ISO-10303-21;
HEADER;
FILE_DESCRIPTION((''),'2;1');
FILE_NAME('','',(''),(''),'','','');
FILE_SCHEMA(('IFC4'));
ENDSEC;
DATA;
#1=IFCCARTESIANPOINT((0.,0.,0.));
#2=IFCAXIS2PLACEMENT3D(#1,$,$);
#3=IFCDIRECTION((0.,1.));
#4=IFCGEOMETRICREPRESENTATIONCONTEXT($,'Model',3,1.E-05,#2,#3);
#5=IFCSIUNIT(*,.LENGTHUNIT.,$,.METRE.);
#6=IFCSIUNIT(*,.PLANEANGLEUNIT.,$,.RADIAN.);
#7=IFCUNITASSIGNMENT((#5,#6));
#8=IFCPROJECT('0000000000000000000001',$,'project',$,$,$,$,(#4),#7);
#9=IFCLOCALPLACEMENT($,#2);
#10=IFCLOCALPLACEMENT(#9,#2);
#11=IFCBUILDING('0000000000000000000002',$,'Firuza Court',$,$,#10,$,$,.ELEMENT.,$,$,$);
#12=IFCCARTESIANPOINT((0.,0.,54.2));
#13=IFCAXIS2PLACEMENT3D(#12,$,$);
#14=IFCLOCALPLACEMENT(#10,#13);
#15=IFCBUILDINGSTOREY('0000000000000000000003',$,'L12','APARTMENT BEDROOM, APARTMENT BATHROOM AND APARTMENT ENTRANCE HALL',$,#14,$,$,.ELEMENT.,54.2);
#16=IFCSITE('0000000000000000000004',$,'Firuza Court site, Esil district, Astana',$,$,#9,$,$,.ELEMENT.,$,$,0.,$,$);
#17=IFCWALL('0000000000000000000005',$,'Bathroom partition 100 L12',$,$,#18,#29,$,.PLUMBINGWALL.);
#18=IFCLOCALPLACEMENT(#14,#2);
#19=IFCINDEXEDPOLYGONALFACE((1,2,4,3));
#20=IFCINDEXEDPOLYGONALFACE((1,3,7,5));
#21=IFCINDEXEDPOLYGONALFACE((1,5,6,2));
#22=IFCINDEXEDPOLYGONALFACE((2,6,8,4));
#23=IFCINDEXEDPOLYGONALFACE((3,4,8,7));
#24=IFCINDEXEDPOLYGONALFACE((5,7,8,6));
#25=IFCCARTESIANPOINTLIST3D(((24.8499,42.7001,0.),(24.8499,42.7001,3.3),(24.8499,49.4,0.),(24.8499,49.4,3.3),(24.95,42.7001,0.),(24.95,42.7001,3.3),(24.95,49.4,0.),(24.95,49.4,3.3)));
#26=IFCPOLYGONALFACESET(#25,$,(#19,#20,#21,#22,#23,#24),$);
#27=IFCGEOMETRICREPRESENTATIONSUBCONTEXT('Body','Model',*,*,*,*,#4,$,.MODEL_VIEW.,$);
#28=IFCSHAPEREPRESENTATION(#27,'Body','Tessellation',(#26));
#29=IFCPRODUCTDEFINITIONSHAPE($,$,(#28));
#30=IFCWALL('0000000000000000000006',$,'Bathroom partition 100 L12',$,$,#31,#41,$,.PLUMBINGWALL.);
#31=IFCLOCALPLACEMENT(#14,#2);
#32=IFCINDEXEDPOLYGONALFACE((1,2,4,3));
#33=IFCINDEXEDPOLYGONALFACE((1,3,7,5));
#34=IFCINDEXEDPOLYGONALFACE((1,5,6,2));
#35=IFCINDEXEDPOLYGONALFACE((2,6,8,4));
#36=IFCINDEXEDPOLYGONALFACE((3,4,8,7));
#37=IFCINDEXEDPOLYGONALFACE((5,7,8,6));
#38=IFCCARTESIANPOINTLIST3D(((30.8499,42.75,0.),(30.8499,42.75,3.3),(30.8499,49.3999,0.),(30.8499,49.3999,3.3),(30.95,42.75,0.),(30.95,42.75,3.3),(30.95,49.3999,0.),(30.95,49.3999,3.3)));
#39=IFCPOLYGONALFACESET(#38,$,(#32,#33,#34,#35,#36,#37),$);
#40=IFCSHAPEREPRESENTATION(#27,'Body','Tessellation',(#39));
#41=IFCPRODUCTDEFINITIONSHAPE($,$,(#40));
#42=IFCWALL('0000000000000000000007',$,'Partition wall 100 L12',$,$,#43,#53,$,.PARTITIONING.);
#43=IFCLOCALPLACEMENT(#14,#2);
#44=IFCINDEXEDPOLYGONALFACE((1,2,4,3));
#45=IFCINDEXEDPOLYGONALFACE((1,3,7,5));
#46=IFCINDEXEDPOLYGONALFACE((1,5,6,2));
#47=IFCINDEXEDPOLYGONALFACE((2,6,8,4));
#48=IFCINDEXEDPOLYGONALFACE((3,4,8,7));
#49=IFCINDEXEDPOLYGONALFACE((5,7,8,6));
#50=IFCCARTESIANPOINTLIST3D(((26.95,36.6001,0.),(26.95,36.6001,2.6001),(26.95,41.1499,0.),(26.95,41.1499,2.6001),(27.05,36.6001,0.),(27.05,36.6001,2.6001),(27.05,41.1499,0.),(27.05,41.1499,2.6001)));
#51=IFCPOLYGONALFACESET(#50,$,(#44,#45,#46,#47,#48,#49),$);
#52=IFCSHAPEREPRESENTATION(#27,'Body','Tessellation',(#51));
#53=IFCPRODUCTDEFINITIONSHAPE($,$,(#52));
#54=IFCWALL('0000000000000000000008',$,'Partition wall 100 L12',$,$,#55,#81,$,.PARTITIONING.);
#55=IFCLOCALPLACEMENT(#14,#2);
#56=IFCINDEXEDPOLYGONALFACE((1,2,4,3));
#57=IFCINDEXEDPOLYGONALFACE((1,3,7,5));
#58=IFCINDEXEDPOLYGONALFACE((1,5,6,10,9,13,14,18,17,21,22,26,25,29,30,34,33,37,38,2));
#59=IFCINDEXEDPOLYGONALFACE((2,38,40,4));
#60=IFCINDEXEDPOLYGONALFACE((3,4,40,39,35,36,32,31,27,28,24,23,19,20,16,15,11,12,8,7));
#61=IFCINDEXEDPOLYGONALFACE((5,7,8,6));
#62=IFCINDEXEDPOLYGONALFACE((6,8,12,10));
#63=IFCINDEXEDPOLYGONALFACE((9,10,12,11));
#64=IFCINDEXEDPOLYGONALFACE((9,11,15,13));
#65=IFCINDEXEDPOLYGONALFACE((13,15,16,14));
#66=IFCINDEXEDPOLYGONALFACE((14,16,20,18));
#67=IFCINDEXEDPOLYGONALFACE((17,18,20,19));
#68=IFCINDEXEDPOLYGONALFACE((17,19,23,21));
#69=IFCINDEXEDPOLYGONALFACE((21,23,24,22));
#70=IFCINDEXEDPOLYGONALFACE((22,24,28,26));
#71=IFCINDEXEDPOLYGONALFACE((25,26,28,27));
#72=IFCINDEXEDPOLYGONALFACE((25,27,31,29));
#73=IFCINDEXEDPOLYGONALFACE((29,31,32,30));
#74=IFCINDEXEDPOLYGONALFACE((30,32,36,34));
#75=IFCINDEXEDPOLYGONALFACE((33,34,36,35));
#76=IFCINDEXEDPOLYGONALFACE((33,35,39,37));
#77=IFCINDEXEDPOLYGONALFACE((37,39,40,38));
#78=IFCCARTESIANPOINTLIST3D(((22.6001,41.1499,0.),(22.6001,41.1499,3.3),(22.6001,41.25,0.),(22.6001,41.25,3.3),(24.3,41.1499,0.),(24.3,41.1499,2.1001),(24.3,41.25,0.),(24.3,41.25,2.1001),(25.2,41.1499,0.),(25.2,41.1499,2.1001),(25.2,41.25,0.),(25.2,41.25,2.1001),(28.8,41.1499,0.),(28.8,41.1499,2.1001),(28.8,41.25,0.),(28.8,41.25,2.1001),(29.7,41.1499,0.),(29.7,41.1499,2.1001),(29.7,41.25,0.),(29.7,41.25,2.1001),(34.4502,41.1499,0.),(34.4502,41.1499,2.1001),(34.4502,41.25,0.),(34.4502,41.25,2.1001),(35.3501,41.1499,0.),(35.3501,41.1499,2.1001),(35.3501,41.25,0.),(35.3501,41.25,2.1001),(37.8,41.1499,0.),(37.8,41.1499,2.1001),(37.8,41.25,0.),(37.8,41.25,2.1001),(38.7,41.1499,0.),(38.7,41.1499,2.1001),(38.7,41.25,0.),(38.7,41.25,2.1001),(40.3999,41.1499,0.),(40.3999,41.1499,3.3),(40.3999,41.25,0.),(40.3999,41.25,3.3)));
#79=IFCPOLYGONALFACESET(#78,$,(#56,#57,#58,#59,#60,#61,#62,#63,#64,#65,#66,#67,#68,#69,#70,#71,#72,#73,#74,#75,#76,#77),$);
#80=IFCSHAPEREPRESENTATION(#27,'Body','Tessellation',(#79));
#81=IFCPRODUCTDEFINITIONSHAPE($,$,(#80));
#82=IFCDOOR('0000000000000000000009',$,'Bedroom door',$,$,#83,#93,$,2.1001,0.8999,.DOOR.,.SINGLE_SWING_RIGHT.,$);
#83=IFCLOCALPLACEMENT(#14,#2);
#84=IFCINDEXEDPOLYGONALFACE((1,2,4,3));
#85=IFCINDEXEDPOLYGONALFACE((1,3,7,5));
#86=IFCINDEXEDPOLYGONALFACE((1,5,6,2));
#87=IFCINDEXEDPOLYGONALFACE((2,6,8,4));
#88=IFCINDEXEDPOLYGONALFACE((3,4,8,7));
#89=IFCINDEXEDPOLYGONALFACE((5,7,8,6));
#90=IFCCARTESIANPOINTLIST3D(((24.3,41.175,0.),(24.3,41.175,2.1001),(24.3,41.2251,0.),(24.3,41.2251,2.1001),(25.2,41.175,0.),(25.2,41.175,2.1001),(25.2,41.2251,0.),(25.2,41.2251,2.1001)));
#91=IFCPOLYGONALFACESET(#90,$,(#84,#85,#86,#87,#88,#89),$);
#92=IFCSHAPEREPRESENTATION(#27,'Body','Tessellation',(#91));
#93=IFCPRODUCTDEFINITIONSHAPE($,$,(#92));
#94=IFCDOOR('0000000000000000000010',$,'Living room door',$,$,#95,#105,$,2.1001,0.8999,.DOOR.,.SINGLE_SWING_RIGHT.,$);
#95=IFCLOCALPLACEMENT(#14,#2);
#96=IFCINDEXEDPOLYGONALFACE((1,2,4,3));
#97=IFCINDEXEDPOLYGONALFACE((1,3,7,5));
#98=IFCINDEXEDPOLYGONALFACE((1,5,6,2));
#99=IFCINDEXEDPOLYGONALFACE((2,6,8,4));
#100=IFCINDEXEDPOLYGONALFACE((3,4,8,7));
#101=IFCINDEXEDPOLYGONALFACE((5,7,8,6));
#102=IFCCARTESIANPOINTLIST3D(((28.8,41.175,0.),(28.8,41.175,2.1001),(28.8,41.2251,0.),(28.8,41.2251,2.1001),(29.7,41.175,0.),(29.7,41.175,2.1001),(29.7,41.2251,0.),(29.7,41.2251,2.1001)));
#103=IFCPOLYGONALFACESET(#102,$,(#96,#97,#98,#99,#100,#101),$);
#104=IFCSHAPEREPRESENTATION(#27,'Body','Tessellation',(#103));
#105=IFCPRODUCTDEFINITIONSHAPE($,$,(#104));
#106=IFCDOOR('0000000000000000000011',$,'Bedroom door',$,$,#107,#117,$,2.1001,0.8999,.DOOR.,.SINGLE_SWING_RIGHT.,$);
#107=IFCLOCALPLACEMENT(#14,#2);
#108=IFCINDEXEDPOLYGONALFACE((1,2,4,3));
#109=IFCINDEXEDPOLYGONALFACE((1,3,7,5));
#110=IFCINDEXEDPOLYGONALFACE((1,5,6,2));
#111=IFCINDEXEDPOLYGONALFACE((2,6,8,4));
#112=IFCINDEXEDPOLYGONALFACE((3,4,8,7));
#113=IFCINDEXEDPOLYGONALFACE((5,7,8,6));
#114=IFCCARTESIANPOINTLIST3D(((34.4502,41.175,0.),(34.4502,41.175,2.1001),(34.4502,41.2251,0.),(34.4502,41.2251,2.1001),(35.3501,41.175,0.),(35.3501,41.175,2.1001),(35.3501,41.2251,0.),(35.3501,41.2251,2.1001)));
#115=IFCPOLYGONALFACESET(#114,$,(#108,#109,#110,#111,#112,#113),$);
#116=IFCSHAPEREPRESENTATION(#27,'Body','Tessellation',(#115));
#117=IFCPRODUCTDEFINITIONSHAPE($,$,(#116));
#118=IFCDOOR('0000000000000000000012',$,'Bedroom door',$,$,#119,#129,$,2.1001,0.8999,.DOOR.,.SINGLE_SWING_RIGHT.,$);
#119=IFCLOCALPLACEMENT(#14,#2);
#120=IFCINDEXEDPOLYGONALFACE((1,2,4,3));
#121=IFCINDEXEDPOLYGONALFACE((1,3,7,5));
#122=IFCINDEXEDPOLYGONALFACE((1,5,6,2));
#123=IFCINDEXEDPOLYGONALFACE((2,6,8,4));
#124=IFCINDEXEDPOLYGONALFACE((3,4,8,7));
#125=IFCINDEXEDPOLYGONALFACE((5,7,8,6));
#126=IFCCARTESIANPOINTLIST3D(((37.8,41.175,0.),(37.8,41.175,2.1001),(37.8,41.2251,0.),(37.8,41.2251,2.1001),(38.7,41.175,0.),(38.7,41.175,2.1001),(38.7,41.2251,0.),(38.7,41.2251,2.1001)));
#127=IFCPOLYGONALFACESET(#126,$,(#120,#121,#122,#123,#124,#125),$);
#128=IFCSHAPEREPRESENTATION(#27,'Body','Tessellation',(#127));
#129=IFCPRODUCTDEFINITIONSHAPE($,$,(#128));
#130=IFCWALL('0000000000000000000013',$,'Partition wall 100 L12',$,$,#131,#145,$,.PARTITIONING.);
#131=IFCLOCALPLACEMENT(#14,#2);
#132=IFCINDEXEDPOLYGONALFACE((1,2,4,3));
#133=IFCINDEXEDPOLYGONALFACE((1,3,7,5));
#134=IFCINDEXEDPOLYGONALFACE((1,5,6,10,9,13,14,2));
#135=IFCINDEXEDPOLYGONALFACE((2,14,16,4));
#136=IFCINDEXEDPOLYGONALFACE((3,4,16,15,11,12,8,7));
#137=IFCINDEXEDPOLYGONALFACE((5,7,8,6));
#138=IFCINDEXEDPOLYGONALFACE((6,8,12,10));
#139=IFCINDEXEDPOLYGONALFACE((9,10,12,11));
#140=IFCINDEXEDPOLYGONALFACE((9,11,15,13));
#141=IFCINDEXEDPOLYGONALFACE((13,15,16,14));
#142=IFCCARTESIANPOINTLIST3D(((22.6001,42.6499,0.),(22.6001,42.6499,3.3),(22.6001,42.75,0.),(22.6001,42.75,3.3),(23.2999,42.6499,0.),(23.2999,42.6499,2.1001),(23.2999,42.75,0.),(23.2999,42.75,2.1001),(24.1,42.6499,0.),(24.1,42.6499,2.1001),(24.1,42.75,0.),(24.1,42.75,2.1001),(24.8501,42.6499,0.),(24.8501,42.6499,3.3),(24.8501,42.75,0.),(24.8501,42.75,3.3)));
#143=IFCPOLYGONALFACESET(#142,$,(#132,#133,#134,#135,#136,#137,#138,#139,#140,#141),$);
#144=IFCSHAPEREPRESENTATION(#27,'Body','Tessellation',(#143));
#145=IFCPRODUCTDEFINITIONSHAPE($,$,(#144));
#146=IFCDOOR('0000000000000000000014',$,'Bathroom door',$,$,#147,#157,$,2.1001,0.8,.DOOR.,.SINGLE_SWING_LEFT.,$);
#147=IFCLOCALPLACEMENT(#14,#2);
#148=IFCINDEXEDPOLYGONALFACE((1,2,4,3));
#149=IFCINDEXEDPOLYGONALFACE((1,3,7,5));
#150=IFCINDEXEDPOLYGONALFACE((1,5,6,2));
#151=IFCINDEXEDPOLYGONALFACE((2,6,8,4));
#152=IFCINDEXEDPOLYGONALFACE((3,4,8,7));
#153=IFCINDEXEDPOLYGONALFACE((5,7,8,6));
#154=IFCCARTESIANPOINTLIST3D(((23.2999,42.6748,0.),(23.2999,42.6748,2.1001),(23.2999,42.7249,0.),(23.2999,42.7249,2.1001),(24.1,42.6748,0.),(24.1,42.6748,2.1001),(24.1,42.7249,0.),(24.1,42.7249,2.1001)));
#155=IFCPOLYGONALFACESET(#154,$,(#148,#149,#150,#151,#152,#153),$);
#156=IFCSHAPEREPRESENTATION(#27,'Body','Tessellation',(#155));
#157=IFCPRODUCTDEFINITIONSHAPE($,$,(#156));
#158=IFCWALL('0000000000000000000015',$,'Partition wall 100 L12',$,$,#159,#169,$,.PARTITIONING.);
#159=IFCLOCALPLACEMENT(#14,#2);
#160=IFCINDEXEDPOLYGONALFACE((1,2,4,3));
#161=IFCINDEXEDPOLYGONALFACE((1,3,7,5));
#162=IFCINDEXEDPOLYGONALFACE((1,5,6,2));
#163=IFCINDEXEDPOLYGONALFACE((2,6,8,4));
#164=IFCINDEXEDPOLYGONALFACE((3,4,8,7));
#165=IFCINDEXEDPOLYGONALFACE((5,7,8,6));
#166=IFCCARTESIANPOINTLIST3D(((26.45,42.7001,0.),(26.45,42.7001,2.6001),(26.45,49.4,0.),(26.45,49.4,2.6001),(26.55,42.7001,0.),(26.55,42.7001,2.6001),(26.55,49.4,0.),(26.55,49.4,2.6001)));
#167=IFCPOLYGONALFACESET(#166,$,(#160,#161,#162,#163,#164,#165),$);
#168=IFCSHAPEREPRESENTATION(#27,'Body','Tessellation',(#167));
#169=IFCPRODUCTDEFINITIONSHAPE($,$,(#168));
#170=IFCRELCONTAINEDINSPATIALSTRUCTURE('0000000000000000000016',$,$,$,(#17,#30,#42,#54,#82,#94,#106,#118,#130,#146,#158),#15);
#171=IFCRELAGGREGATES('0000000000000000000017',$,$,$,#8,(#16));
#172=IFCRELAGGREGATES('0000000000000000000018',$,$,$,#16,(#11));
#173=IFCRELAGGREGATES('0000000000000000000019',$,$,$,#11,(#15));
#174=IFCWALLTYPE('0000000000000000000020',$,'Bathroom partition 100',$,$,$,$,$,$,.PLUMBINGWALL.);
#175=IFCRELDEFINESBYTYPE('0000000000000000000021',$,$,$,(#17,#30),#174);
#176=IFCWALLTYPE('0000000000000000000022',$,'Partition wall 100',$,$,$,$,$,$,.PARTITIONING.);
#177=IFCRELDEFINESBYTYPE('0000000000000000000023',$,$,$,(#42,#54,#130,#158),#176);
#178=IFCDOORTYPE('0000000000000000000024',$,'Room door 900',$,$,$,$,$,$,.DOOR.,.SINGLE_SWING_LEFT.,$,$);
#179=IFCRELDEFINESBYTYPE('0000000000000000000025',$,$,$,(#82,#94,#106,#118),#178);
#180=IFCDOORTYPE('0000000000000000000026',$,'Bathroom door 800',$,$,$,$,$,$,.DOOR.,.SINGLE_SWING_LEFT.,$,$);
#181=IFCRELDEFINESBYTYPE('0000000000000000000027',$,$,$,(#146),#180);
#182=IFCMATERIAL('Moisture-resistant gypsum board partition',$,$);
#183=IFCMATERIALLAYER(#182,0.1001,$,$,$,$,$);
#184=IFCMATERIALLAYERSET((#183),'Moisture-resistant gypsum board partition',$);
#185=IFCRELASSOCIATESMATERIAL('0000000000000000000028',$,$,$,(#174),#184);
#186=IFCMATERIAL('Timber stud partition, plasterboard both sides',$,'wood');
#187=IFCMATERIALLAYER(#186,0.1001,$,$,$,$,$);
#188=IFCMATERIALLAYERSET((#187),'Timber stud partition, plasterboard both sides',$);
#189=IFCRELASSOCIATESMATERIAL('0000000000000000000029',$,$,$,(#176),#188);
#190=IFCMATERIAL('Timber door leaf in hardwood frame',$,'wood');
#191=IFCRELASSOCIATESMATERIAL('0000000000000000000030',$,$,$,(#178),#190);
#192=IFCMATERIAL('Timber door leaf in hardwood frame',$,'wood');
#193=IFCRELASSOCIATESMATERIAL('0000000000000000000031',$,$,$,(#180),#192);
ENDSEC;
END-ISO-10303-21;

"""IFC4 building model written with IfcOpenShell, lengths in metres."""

from ifc_helpers import new_model, si_unit, direction, frame, frame_2d, origin, place, context, subcontext, project, spatial, rectangle, extrude, material, layer, layer_set, type_object, element, fill, save


model = new_model("IFC4")

# Units and contexts
model_context = context("Model", 3, precision=1e-05, world=origin(), true_north=direction((0.0, 1.0)))
body_context = subcontext(model_context, "Body", "Model", "MODEL_VIEW")
ifc_project = project(units=[si_unit("LENGTHUNIT", "METRE"), si_unit("PLANEANGLEUNIT", "RADIAN")], contexts=[model_context])

# Site, building, storey
site_placement = place(None, origin())
site = spatial("IfcSite", under=ifc_project, at=site_placement, Name="Firuza Court site, Esil district, Astana", CompositionType="ELEMENT", RefElevation=0.0)
building_placement = place(site_placement, origin())
building = spatial("IfcBuilding", under=site, at=building_placement, Name="Firuza Court", CompositionType="ELEMENT")
storey_placement = place(building_placement, frame((0.0, 0.0, 54.2)))
storey = spatial("IfcBuildingStorey", under=building, at=storey_placement, Name="L12", Description="APARTMENT BEDROOM, APARTMENT BATHROOM AND APARTMENT ENTRANCE HALL", CompositionType="ELEMENT", Elevation=54.2)

# Walls
ifc_material_1 = material(Name="Moisture-resistant gypsum board partition")
ifc_layer_1 = layer(ifc_material_1, 0.1001)
ifc_layer_set_1 = layer_set([ifc_layer_1], Name="Moisture-resistant gypsum board partition")
wall_type_1 = type_object("IfcWallType", Name="Bathroom partition 100", PredefinedType="PLUMBINGWALL", material=ifc_layer_set_1)
wall_1_placement = place(storey_placement, frame((24.8999, 42.7, 0.0), z_axis=(0.0, 0.0, 1.0), x_axis=(0.0, 1.0, 0.0)))
element("IfcWall", 1, at=wall_1_placement, inside=storey, type_object=wall_type_1, Name="Bathroom partition 100 L12", PredefinedType="PLUMBINGWALL", context=body_context, shape_type="SweptSolid", body=[
    extrude(rectangle(XDim=6.7, YDim=0.1001, at=frame_2d((3.3501, 0.0))), origin(), (0.0, 0.0, 1.0), 3.3),
])
wall_2_placement = place(storey_placement, frame((30.8999, 42.75, 0.0), z_axis=(0.0, 0.0, 1.0), x_axis=(0.0, 1.0, 0.0)))
element("IfcWall", 2, at=wall_2_placement, inside=storey, type_object=wall_type_1, Name="Bathroom partition 100 L12", PredefinedType="PLUMBINGWALL", context=body_context, shape_type="SweptSolid", body=[
    extrude(rectangle(XDim=6.6499, YDim=0.1001, at=frame_2d((3.325, 0.0))), origin(), (0.0, 0.0, 1.0), 3.3),
])
ifc_material_2 = material(Name="Timber stud partition, plasterboard both sides", Category="wood")
ifc_layer_2 = layer(ifc_material_2, 0.1001)
ifc_layer_set_2 = layer_set([ifc_layer_2], Name="Timber stud partition, plasterboard both sides")
wall_type_2 = type_object("IfcWallType", Name="Partition wall 100", PredefinedType="PARTITIONING", material=ifc_layer_set_2)
wall_3_placement = place(storey_placement, frame((27.0, 36.6001, 0.0), z_axis=(0.0, 0.0, 1.0), x_axis=(0.0, 1.0, 0.0)))
element("IfcWall", 3, at=wall_3_placement, inside=storey, type_object=wall_type_2, Name="Partition wall 100 L12", PredefinedType="PARTITIONING", context=body_context, shape_type="SweptSolid", body=[
    extrude(rectangle(XDim=4.5498, YDim=0.1001, at=frame_2d((2.2749, 0.0))), origin(), (0.0, 0.0, 1.0), 2.6001),
])

# Wall, openings, doors
wall_4_placement = place(storey_placement, frame((22.6001, 41.2, 0.0), z_axis=(0.0, 0.0, 1.0), x_axis=(1.0, 0.0, 0.0)))
wall_4 = element("IfcWall", 4, at=wall_4_placement, inside=storey, type_object=wall_type_2, Name="Partition wall 100 L12", PredefinedType="PARTITIONING", context=body_context, shape_type="SweptSolid", body=[
    extrude(rectangle(XDim=17.7998, YDim=0.1001, at=frame_2d((8.8999, 0.0))), origin(), (0.0, 0.0, 1.0), 3.3),
])
opening_1_placement = place(wall_4_placement, frame((1.7, 0.0, 0.0)))
opening_1 = element("IfcOpeningElement", 5, at=opening_1_placement, cuts=wall_4, PredefinedType="OPENING", context=body_context, shape_type="SweptSolid", body=[
    extrude(rectangle(XDim=0.8999, YDim=2.1001, at=frame_2d((0.45, 1.05))), frame((0.0, 0.062, 0.0), z_axis=(0.0, -1.0, 0.0), x_axis=(1.0, 0.0, 0.0)), (0.0, 0.0, 1.0), 0.124),
])
opening_2_placement = place(wall_4_placement, frame((6.2, 0.0, 0.0)))
opening_2 = element("IfcOpeningElement", 6, at=opening_2_placement, cuts=wall_4, PredefinedType="OPENING", context=body_context, shape_type="SweptSolid", body=[
    extrude(rectangle(XDim=0.8999, YDim=2.1001, at=frame_2d((0.45, 1.05))), frame((0.0, 0.062, 0.0), z_axis=(0.0, -1.0, 0.0), x_axis=(1.0, 0.0, 0.0)), (0.0, 0.0, 1.0), 0.124),
])
opening_3_placement = place(wall_4_placement, frame((11.8501, 0.0, 0.0)))
opening_3 = element("IfcOpeningElement", 7, at=opening_3_placement, cuts=wall_4, PredefinedType="OPENING", context=body_context, shape_type="SweptSolid", body=[
    extrude(rectangle(XDim=0.8999, YDim=2.1001, at=frame_2d((0.45, 1.05))), frame((0.0, 0.062, 0.0), z_axis=(0.0, -1.0, 0.0), x_axis=(1.0, 0.0, 0.0)), (0.0, 0.0, 1.0), 0.124),
])
opening_4_placement = place(wall_4_placement, frame((15.2, 0.0, 0.0)))
opening_4 = element("IfcOpeningElement", 8, at=opening_4_placement, cuts=wall_4, PredefinedType="OPENING", context=body_context, shape_type="SweptSolid", body=[
    extrude(rectangle(XDim=0.8999, YDim=2.1001, at=frame_2d((0.45, 1.05))), frame((0.0, 0.062, 0.0), z_axis=(0.0, -1.0, 0.0), x_axis=(1.0, 0.0, 0.0)), (0.0, 0.0, 1.0), 0.124),
])
ifc_material_3 = material(Name="Timber door leaf in hardwood frame", Category="wood")
door_type_1 = type_object("IfcDoorType", Name="Room door 900", OperationType="SINGLE_SWING_LEFT", PredefinedType="DOOR", material=ifc_material_3)
door_1_placement = place(opening_1_placement, frame((0.8999, 0.0, 0.0), z_axis=(0.0, 0.0, 1.0), x_axis=(-1.0, 0.0, 0.0)))
door_1 = element("IfcDoor", 9, at=door_1_placement, inside=storey, type_object=door_type_1, Name="Bedroom door", OperationType="SINGLE_SWING_RIGHT", OverallHeight=2.1001, OverallWidth=0.8999, PredefinedType="DOOR", context=body_context, shape_type="SweptSolid", body=[
    extrude(rectangle(XDim=0.8999, YDim=2.1001, at=frame_2d((0.45, 1.05))), frame((0.0, 0.0249, 0.0), z_axis=(0.0, -1.0, 0.0), x_axis=(1.0, 0.0, 0.0)), (0.0, 0.0, 1.0), 0.05),
])
fill(opening_1, door_1)
door_2_placement = place(opening_2_placement, frame((0.8999, 0.0, 0.0), z_axis=(0.0, 0.0, 1.0), x_axis=(-1.0, 0.0, 0.0)))
door_2 = element("IfcDoor", 10, at=door_2_placement, inside=storey, type_object=door_type_1, Name="Living room door", OperationType="SINGLE_SWING_RIGHT", OverallHeight=2.1001, OverallWidth=0.8999, PredefinedType="DOOR", context=body_context, shape_type="SweptSolid", body=[
    extrude(rectangle(XDim=0.8999, YDim=2.1001, at=frame_2d((0.45, 1.05))), frame((0.0, 0.0249, 0.0), z_axis=(0.0, -1.0, 0.0), x_axis=(1.0, 0.0, 0.0)), (0.0, 0.0, 1.0), 0.05),
])
fill(opening_2, door_2)
door_3_placement = place(opening_3_placement, frame((0.8999, 0.0, 0.0), z_axis=(0.0, 0.0, 1.0), x_axis=(-1.0, 0.0, 0.0)))
door_3 = element("IfcDoor", 11, at=door_3_placement, inside=storey, type_object=door_type_1, Name="Bedroom door", OperationType="SINGLE_SWING_RIGHT", OverallHeight=2.1001, OverallWidth=0.8999, PredefinedType="DOOR", context=body_context, shape_type="SweptSolid", body=[
    extrude(rectangle(XDim=0.8999, YDim=2.1001, at=frame_2d((0.45, 1.05))), frame((0.0, 0.0249, 0.0), z_axis=(0.0, -1.0, 0.0), x_axis=(1.0, 0.0, 0.0)), (0.0, 0.0, 1.0), 0.05),
])
fill(opening_3, door_3)
door_4_placement = place(opening_4_placement, frame((0.8999, 0.0, 0.0), z_axis=(0.0, 0.0, 1.0), x_axis=(-1.0, 0.0, 0.0)))
door_4 = element("IfcDoor", 12, at=door_4_placement, inside=storey, type_object=door_type_1, Name="Bedroom door", OperationType="SINGLE_SWING_RIGHT", OverallHeight=2.1001, OverallWidth=0.8999, PredefinedType="DOOR", context=body_context, shape_type="SweptSolid", body=[
    extrude(rectangle(XDim=0.8999, YDim=2.1001, at=frame_2d((0.45, 1.05))), frame((0.0, 0.0249, 0.0), z_axis=(0.0, -1.0, 0.0), x_axis=(1.0, 0.0, 0.0)), (0.0, 0.0, 1.0), 0.05),
])
fill(opening_4, door_4)

# Wall, opening, door
wall_5_placement = place(storey_placement, frame((22.6001, 42.7, 0.0), z_axis=(0.0, 0.0, 1.0), x_axis=(1.0, 0.0, 0.0)))
wall_5 = element("IfcWall", 13, at=wall_5_placement, inside=storey, type_object=wall_type_2, Name="Partition wall 100 L12", PredefinedType="PARTITIONING", context=body_context, shape_type="SweptSolid", body=[
    extrude(rectangle(XDim=2.25, YDim=0.1001, at=frame_2d((1.125, 0.0))), origin(), (0.0, 0.0, 1.0), 3.3),
])
opening_5_placement = place(wall_5_placement, frame((0.7, 0.0, 0.0)))
opening_5 = element("IfcOpeningElement", 14, at=opening_5_placement, cuts=wall_5, PredefinedType="OPENING", context=body_context, shape_type="SweptSolid", body=[
    extrude(rectangle(XDim=0.8, YDim=2.1001, at=frame_2d((0.3999, 1.05))), frame((0.0, 0.062, 0.0), z_axis=(0.0, -1.0, 0.0), x_axis=(1.0, 0.0, 0.0)), (0.0, 0.0, 1.0), 0.124),
])
ifc_material_4 = material(Name="Timber door leaf in hardwood frame", Category="wood")
door_type_2 = type_object("IfcDoorType", Name="Bathroom door 800", OperationType="SINGLE_SWING_LEFT", PredefinedType="DOOR", material=ifc_material_4)
door_5_placement = place(opening_5_placement, origin())
door_5 = element("IfcDoor", 15, at=door_5_placement, inside=storey, type_object=door_type_2, Name="Bathroom door", OperationType="SINGLE_SWING_LEFT", OverallHeight=2.1001, OverallWidth=0.8, PredefinedType="DOOR", context=body_context, shape_type="SweptSolid", body=[
    extrude(rectangle(XDim=0.8, YDim=2.1001, at=frame_2d((0.3999, 1.05))), frame((0.0, 0.0249, 0.0), z_axis=(0.0, -1.0, 0.0), x_axis=(1.0, 0.0, 0.0)), (0.0, 0.0, 1.0), 0.05),
])
fill(opening_5, door_5)

# Wall
wall_6_placement = place(storey_placement, frame((26.5, 42.7, 0.0), z_axis=(0.0, 0.0, 1.0), x_axis=(0.0, 1.0, 0.0)))
element("IfcWall", 16, at=wall_6_placement, inside=storey, type_object=wall_type_2, Name="Partition wall 100 L12", PredefinedType="PARTITIONING", context=body_context, shape_type="SweptSolid", body=[
    extrude(rectangle(XDim=6.7, YDim=0.1001, at=frame_2d((3.3501, 0.0))), origin(), (0.0, 0.0, 1.0), 2.6001),
])

save(model, "model.ifc")
